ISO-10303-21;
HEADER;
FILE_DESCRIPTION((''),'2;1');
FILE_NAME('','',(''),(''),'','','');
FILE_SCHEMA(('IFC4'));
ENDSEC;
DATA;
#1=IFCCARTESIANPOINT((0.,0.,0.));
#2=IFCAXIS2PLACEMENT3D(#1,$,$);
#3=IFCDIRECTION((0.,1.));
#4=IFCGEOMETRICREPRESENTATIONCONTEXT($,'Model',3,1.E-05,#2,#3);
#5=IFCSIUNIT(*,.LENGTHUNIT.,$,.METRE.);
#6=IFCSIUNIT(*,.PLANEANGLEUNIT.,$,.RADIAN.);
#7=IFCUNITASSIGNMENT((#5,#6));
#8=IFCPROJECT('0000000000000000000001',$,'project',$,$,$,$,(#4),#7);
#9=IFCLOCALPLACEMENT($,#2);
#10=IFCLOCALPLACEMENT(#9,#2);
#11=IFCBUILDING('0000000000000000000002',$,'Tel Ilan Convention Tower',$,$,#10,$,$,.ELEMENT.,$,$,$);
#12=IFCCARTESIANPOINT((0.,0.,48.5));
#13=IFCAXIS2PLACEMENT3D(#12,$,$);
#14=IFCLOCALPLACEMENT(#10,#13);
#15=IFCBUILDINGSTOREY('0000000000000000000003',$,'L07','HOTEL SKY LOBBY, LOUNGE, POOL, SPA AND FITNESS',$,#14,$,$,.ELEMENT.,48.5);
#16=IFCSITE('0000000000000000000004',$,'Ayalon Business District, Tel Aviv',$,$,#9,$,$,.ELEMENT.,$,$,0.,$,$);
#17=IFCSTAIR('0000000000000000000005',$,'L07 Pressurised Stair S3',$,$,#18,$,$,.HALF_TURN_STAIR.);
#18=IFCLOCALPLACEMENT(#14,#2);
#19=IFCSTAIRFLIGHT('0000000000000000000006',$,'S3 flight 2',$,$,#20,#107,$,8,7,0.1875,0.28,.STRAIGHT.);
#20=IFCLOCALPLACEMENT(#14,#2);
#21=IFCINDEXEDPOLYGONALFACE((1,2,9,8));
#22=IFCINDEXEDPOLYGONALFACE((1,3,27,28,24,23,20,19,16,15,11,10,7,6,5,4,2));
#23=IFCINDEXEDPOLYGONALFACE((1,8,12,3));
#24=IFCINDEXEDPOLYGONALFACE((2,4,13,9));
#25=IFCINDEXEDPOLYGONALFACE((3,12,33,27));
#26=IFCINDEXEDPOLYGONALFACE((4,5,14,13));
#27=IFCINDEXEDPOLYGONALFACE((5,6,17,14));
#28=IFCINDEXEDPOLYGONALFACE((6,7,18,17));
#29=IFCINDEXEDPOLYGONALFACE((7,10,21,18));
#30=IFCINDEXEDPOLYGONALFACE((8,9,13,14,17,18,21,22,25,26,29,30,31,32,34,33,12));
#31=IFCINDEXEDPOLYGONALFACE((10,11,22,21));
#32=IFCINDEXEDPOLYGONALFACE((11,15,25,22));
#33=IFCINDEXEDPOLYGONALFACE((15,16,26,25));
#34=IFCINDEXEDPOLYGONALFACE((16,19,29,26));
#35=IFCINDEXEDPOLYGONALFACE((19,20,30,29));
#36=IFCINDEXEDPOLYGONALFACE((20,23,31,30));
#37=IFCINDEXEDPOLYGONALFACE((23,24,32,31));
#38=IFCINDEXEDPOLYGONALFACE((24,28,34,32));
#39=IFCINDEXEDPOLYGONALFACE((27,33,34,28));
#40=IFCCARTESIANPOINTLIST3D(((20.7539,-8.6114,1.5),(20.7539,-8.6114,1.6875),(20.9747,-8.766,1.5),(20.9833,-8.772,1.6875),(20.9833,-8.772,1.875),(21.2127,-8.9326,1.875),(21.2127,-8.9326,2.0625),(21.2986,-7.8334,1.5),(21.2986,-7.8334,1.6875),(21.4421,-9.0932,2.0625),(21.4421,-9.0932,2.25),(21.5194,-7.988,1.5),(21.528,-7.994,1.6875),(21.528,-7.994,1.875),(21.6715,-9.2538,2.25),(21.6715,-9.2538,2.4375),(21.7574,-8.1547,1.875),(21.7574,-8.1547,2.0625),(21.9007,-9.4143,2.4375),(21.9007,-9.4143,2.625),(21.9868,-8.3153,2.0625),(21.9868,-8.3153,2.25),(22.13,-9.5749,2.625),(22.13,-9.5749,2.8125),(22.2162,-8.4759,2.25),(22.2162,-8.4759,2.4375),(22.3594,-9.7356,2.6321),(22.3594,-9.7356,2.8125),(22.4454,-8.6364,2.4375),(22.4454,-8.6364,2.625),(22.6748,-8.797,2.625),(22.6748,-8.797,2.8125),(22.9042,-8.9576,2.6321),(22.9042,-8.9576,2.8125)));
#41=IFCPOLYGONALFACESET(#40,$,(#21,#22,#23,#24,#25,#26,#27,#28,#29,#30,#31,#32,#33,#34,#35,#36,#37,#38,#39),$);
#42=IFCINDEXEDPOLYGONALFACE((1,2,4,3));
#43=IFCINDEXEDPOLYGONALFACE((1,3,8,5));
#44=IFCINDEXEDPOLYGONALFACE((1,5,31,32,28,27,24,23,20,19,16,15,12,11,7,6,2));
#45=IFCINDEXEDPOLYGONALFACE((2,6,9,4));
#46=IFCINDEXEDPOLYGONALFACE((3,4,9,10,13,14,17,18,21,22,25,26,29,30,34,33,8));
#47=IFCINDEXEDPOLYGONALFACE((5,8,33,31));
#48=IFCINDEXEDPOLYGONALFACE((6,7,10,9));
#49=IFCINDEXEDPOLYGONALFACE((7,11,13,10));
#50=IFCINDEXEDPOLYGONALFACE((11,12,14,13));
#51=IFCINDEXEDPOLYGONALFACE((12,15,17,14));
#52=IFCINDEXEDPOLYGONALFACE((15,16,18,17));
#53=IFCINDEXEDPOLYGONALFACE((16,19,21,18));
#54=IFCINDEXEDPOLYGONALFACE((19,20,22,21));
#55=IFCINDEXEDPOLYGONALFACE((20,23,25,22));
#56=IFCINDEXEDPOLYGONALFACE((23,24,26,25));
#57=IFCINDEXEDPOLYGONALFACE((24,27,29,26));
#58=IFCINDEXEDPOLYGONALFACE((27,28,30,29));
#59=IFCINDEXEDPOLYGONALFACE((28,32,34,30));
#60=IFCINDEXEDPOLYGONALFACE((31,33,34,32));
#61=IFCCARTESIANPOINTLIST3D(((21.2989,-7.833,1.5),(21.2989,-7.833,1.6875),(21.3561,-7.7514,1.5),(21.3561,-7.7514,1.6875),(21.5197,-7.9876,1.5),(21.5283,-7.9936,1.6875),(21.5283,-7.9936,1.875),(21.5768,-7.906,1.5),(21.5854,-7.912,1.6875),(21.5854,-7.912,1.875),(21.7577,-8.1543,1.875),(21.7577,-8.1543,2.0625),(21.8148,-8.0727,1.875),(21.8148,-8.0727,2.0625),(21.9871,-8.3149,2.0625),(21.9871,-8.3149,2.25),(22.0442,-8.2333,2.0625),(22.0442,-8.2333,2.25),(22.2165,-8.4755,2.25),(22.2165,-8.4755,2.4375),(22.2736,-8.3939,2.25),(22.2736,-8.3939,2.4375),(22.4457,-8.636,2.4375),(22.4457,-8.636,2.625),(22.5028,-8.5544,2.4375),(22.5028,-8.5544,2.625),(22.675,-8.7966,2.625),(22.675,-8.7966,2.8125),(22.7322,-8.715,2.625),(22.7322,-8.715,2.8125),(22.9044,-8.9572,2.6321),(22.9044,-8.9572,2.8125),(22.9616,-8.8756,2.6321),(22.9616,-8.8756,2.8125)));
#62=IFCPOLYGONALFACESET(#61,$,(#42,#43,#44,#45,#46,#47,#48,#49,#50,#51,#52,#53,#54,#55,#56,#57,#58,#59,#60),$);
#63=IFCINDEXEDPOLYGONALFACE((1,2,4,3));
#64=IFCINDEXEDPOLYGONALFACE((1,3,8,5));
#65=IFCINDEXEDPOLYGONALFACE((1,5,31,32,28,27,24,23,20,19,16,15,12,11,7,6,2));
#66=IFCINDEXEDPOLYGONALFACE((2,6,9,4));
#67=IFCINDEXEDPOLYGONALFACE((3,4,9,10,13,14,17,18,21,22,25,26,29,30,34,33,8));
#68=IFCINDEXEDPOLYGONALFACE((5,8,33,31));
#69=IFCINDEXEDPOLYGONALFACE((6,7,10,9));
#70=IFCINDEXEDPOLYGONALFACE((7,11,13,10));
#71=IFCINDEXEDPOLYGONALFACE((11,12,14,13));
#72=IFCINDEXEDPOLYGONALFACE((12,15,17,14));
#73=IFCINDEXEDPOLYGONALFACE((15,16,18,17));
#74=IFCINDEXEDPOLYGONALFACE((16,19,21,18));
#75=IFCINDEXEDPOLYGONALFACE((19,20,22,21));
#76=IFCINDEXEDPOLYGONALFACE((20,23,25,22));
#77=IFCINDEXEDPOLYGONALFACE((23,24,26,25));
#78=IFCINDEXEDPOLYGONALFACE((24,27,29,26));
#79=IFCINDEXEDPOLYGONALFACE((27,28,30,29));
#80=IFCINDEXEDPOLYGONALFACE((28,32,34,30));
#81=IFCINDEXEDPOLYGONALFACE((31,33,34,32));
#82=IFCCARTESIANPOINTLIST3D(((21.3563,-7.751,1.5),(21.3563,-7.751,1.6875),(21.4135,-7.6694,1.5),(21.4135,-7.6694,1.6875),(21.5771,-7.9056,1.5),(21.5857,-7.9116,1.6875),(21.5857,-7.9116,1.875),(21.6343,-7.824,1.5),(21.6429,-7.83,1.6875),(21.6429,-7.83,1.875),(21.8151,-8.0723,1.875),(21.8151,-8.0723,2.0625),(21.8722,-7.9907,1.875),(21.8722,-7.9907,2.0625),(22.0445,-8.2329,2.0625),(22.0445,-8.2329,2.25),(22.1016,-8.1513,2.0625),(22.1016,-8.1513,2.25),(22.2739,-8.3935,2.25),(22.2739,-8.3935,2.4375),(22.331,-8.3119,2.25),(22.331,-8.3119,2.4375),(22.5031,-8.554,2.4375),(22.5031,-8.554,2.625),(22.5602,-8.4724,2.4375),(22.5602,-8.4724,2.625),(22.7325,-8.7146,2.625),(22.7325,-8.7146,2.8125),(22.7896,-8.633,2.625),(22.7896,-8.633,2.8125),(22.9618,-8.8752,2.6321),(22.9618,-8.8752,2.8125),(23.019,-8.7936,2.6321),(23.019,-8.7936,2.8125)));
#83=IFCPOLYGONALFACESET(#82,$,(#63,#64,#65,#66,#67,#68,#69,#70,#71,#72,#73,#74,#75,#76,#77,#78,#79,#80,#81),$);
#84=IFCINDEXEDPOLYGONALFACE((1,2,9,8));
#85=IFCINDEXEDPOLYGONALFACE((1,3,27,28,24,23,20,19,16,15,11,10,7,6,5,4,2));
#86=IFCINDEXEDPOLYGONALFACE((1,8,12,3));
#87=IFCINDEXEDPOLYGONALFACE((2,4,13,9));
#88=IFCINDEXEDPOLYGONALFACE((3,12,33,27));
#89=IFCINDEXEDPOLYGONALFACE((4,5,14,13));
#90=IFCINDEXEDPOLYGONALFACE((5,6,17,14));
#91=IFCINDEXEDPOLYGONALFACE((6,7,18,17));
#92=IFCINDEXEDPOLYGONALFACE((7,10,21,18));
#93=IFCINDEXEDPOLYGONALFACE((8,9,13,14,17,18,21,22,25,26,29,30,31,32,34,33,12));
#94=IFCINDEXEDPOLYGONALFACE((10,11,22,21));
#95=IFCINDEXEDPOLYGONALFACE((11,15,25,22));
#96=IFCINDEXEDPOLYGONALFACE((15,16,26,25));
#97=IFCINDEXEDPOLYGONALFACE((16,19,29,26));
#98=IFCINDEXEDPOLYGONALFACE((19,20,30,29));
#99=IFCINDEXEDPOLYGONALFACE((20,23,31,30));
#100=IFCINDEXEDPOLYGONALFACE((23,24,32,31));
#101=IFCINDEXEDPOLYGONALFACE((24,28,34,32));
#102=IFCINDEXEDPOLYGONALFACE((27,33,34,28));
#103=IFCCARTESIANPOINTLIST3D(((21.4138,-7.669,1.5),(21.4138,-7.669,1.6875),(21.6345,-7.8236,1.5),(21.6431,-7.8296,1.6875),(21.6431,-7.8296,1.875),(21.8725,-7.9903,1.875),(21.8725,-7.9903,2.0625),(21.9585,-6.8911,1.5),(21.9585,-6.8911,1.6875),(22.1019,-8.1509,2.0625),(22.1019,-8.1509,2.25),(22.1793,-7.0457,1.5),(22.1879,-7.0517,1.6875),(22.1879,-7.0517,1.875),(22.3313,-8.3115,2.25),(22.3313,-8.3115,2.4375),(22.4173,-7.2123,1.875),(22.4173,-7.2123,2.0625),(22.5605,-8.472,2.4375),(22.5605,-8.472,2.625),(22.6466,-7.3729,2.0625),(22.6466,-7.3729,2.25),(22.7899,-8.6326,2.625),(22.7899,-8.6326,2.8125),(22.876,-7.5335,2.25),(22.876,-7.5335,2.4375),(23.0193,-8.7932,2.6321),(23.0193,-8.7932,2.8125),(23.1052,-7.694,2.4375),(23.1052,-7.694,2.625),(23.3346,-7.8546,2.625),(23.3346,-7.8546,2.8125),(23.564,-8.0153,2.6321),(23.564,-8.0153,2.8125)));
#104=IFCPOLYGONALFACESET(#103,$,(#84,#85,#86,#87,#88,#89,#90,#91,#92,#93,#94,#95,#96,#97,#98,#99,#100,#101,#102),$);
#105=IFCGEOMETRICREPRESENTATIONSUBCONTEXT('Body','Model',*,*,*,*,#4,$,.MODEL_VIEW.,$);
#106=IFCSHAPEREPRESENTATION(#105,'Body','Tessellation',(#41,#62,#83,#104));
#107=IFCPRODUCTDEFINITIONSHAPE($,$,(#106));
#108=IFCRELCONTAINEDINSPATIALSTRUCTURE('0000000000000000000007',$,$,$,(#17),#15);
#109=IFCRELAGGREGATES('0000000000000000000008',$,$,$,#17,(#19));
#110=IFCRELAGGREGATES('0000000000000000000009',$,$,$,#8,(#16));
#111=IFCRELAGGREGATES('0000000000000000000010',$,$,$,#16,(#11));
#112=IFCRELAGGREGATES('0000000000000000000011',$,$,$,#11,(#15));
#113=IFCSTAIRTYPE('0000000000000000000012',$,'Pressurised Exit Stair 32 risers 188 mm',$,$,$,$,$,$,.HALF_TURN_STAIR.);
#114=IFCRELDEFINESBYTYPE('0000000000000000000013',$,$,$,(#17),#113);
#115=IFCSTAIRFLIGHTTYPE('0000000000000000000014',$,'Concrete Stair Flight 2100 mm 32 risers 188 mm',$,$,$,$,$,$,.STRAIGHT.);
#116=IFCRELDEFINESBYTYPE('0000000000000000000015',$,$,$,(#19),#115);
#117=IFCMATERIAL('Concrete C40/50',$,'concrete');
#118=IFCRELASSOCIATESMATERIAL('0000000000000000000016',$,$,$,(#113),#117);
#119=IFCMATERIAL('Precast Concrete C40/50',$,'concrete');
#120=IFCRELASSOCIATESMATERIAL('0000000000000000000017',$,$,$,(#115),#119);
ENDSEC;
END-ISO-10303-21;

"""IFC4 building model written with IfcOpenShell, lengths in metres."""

from ifc_helpers import new_model, si_unit, direction, frame, origin, place, context, subcontext, project, spatial, polyline, outline, extrude, material, type_object, element, aggregate, save


model = new_model("IFC4")

# Units and contexts
model_context = context("Model", 3, precision=1e-05, world=origin(), true_north=direction((0.0, 1.0)))
body_context = subcontext(model_context, "Body", "Model", "MODEL_VIEW")
ifc_project = project(units=[si_unit("LENGTHUNIT", "METRE"), si_unit("PLANEANGLEUNIT", "RADIAN")], contexts=[model_context])

# Site, building, storey
site_placement = place(None, origin())
site = spatial("IfcSite", under=ifc_project, at=site_placement, Name="Ayalon Business District, Tel Aviv", CompositionType="ELEMENT", RefElevation=0.0)
building_placement = place(site_placement, origin())
building = spatial("IfcBuilding", under=site, at=building_placement, Name="Tel Ilan Convention Tower", CompositionType="ELEMENT")
storey_placement = place(building_placement, frame((0.0, 0.0, 48.5)))
storey = spatial("IfcBuildingStorey", under=building, at=storey_placement, Name="L07", Description="HOTEL SKY LOBBY, LOUNGE, POOL, SPA AND FITNESS", CompositionType="ELEMENT", Elevation=48.5)

# Stair, stair flight
ifc_material_1 = material(Name="Concrete C40/50", Category="concrete")
stair_type = type_object("IfcStairType", Name="Pressurised Exit Stair 32 risers 188 mm", PredefinedType="HALF_TURN_STAIR", material=ifc_material_1)
stair_1_placement = place(storey_placement, origin())
stair_1 = element("IfcStair", 1, at=stair_1_placement, inside=storey, type_object=stair_type, Name="L07 Pressurised Stair S3", PredefinedType="HALF_TURN_STAIR")
ifc_material_2 = material(Name="Precast Concrete C40/50", Category="concrete")
stair_flight_type = type_object("IfcStairFlightType", Name="Concrete Stair Flight 2100 mm 32 risers 188 mm", PredefinedType="STRAIGHT", material=ifc_material_2)
stair_flight_1_placement = place(storey_placement, frame((21.3562, -7.7512, 1.5), z_axis=(0.0, 0.0, 1.0), x_axis=(0.819152, -0.573576, 0.0)))
stair_flight_1 = element("IfcStairFlight", 2, at=stair_flight_1_placement, type_object=stair_flight_type, Name="S3 flight 2", NumberOfRisers=8, NumberOfTreads=7, PredefinedType="STRAIGHT", RiserHeight=0.1875, TreadLength=0.28, context=body_context, shape_type="SweptSolid", body=[
    extrude(outline(polyline([(0.0, 0.0), (0.0, 0.1875), (0.28, 0.1875), (0.28, 0.375), (0.5601, 0.375), (0.5601, 0.5625), (0.8401, 0.5625), (0.8401, 0.75), (1.1201, 0.75), (1.1201, 0.9375), (1.3999, 0.9375), (1.3999, 1.125), (1.6799, 1.125), (1.6799, 1.3125), (1.96, 1.3125), (1.96, 1.5), (1.96, 1.1321), (0.2695, 0.0), (0.0, 0.0)])), frame((0.0, -0.1003, 0.0), z_axis=(0.0, -1.0, 0.0), x_axis=(1.0, 0.0, 0.0)), (0.0, 0.0, 1.0), 0.9497),
    extrude(outline(polyline([(0.0, 0.0), (0.0, 0.1875), (0.28, 0.1875), (0.28, 0.375), (0.5601, 0.375), (0.5601, 0.5625), (0.8401, 0.5625), (0.8401, 0.75), (1.1201, 0.75), (1.1201, 0.9375), (1.3999, 0.9375), (1.3999, 1.125), (1.6799, 1.125), (1.6799, 1.3125), (1.96, 1.3125), (1.96, 1.5), (1.96, 1.1321), (0.2695, 0.0), (0.0, 0.0)])), frame((0.0, -0.0002, 0.0), z_axis=(0.0, -1.0, 0.0), x_axis=(1.0, 0.0, 0.0)), (0.0, 0.0, 1.0), 0.0996),
    extrude(outline(polyline([(0.0, 0.0), (0.0, 0.1875), (0.28, 0.1875), (0.28, 0.375), (0.5601, 0.375), (0.5601, 0.5625), (0.8401, 0.5625), (0.8401, 0.75), (1.1201, 0.75), (1.1201, 0.9375), (1.3999, 0.9375), (1.3999, 1.125), (1.6799, 1.125), (1.6799, 1.3125), (1.96, 1.3125), (1.96, 1.5), (1.96, 1.1321), (0.2695, 0.0), (0.0, 0.0)])), frame((0.0, 0.0999, 0.0), z_axis=(0.0, -1.0, 0.0), x_axis=(1.0, 0.0, 0.0)), (0.0, 0.0, 1.0), 0.0996),
    extrude(outline(polyline([(0.0, 0.0), (0.0, 0.1875), (0.28, 0.1875), (0.28, 0.375), (0.5601, 0.375), (0.5601, 0.5625), (0.8401, 0.5625), (0.8401, 0.75), (1.1201, 0.75), (1.1201, 0.9375), (1.3999, 0.9375), (1.3999, 1.125), (1.6799, 1.125), (1.6799, 1.3125), (1.96, 1.3125), (1.96, 1.5), (1.96, 1.1321), (0.2695, 0.0), (0.0, 0.0)])), frame((0.0, 1.05, 0.0), z_axis=(0.0, -1.0, 0.0), x_axis=(1.0, 0.0, 0.0)), (0.0, 0.0, 1.0), 0.9497),
])
aggregate(stair_1, [stair_flight_1])

save(model, "model.ifc")
